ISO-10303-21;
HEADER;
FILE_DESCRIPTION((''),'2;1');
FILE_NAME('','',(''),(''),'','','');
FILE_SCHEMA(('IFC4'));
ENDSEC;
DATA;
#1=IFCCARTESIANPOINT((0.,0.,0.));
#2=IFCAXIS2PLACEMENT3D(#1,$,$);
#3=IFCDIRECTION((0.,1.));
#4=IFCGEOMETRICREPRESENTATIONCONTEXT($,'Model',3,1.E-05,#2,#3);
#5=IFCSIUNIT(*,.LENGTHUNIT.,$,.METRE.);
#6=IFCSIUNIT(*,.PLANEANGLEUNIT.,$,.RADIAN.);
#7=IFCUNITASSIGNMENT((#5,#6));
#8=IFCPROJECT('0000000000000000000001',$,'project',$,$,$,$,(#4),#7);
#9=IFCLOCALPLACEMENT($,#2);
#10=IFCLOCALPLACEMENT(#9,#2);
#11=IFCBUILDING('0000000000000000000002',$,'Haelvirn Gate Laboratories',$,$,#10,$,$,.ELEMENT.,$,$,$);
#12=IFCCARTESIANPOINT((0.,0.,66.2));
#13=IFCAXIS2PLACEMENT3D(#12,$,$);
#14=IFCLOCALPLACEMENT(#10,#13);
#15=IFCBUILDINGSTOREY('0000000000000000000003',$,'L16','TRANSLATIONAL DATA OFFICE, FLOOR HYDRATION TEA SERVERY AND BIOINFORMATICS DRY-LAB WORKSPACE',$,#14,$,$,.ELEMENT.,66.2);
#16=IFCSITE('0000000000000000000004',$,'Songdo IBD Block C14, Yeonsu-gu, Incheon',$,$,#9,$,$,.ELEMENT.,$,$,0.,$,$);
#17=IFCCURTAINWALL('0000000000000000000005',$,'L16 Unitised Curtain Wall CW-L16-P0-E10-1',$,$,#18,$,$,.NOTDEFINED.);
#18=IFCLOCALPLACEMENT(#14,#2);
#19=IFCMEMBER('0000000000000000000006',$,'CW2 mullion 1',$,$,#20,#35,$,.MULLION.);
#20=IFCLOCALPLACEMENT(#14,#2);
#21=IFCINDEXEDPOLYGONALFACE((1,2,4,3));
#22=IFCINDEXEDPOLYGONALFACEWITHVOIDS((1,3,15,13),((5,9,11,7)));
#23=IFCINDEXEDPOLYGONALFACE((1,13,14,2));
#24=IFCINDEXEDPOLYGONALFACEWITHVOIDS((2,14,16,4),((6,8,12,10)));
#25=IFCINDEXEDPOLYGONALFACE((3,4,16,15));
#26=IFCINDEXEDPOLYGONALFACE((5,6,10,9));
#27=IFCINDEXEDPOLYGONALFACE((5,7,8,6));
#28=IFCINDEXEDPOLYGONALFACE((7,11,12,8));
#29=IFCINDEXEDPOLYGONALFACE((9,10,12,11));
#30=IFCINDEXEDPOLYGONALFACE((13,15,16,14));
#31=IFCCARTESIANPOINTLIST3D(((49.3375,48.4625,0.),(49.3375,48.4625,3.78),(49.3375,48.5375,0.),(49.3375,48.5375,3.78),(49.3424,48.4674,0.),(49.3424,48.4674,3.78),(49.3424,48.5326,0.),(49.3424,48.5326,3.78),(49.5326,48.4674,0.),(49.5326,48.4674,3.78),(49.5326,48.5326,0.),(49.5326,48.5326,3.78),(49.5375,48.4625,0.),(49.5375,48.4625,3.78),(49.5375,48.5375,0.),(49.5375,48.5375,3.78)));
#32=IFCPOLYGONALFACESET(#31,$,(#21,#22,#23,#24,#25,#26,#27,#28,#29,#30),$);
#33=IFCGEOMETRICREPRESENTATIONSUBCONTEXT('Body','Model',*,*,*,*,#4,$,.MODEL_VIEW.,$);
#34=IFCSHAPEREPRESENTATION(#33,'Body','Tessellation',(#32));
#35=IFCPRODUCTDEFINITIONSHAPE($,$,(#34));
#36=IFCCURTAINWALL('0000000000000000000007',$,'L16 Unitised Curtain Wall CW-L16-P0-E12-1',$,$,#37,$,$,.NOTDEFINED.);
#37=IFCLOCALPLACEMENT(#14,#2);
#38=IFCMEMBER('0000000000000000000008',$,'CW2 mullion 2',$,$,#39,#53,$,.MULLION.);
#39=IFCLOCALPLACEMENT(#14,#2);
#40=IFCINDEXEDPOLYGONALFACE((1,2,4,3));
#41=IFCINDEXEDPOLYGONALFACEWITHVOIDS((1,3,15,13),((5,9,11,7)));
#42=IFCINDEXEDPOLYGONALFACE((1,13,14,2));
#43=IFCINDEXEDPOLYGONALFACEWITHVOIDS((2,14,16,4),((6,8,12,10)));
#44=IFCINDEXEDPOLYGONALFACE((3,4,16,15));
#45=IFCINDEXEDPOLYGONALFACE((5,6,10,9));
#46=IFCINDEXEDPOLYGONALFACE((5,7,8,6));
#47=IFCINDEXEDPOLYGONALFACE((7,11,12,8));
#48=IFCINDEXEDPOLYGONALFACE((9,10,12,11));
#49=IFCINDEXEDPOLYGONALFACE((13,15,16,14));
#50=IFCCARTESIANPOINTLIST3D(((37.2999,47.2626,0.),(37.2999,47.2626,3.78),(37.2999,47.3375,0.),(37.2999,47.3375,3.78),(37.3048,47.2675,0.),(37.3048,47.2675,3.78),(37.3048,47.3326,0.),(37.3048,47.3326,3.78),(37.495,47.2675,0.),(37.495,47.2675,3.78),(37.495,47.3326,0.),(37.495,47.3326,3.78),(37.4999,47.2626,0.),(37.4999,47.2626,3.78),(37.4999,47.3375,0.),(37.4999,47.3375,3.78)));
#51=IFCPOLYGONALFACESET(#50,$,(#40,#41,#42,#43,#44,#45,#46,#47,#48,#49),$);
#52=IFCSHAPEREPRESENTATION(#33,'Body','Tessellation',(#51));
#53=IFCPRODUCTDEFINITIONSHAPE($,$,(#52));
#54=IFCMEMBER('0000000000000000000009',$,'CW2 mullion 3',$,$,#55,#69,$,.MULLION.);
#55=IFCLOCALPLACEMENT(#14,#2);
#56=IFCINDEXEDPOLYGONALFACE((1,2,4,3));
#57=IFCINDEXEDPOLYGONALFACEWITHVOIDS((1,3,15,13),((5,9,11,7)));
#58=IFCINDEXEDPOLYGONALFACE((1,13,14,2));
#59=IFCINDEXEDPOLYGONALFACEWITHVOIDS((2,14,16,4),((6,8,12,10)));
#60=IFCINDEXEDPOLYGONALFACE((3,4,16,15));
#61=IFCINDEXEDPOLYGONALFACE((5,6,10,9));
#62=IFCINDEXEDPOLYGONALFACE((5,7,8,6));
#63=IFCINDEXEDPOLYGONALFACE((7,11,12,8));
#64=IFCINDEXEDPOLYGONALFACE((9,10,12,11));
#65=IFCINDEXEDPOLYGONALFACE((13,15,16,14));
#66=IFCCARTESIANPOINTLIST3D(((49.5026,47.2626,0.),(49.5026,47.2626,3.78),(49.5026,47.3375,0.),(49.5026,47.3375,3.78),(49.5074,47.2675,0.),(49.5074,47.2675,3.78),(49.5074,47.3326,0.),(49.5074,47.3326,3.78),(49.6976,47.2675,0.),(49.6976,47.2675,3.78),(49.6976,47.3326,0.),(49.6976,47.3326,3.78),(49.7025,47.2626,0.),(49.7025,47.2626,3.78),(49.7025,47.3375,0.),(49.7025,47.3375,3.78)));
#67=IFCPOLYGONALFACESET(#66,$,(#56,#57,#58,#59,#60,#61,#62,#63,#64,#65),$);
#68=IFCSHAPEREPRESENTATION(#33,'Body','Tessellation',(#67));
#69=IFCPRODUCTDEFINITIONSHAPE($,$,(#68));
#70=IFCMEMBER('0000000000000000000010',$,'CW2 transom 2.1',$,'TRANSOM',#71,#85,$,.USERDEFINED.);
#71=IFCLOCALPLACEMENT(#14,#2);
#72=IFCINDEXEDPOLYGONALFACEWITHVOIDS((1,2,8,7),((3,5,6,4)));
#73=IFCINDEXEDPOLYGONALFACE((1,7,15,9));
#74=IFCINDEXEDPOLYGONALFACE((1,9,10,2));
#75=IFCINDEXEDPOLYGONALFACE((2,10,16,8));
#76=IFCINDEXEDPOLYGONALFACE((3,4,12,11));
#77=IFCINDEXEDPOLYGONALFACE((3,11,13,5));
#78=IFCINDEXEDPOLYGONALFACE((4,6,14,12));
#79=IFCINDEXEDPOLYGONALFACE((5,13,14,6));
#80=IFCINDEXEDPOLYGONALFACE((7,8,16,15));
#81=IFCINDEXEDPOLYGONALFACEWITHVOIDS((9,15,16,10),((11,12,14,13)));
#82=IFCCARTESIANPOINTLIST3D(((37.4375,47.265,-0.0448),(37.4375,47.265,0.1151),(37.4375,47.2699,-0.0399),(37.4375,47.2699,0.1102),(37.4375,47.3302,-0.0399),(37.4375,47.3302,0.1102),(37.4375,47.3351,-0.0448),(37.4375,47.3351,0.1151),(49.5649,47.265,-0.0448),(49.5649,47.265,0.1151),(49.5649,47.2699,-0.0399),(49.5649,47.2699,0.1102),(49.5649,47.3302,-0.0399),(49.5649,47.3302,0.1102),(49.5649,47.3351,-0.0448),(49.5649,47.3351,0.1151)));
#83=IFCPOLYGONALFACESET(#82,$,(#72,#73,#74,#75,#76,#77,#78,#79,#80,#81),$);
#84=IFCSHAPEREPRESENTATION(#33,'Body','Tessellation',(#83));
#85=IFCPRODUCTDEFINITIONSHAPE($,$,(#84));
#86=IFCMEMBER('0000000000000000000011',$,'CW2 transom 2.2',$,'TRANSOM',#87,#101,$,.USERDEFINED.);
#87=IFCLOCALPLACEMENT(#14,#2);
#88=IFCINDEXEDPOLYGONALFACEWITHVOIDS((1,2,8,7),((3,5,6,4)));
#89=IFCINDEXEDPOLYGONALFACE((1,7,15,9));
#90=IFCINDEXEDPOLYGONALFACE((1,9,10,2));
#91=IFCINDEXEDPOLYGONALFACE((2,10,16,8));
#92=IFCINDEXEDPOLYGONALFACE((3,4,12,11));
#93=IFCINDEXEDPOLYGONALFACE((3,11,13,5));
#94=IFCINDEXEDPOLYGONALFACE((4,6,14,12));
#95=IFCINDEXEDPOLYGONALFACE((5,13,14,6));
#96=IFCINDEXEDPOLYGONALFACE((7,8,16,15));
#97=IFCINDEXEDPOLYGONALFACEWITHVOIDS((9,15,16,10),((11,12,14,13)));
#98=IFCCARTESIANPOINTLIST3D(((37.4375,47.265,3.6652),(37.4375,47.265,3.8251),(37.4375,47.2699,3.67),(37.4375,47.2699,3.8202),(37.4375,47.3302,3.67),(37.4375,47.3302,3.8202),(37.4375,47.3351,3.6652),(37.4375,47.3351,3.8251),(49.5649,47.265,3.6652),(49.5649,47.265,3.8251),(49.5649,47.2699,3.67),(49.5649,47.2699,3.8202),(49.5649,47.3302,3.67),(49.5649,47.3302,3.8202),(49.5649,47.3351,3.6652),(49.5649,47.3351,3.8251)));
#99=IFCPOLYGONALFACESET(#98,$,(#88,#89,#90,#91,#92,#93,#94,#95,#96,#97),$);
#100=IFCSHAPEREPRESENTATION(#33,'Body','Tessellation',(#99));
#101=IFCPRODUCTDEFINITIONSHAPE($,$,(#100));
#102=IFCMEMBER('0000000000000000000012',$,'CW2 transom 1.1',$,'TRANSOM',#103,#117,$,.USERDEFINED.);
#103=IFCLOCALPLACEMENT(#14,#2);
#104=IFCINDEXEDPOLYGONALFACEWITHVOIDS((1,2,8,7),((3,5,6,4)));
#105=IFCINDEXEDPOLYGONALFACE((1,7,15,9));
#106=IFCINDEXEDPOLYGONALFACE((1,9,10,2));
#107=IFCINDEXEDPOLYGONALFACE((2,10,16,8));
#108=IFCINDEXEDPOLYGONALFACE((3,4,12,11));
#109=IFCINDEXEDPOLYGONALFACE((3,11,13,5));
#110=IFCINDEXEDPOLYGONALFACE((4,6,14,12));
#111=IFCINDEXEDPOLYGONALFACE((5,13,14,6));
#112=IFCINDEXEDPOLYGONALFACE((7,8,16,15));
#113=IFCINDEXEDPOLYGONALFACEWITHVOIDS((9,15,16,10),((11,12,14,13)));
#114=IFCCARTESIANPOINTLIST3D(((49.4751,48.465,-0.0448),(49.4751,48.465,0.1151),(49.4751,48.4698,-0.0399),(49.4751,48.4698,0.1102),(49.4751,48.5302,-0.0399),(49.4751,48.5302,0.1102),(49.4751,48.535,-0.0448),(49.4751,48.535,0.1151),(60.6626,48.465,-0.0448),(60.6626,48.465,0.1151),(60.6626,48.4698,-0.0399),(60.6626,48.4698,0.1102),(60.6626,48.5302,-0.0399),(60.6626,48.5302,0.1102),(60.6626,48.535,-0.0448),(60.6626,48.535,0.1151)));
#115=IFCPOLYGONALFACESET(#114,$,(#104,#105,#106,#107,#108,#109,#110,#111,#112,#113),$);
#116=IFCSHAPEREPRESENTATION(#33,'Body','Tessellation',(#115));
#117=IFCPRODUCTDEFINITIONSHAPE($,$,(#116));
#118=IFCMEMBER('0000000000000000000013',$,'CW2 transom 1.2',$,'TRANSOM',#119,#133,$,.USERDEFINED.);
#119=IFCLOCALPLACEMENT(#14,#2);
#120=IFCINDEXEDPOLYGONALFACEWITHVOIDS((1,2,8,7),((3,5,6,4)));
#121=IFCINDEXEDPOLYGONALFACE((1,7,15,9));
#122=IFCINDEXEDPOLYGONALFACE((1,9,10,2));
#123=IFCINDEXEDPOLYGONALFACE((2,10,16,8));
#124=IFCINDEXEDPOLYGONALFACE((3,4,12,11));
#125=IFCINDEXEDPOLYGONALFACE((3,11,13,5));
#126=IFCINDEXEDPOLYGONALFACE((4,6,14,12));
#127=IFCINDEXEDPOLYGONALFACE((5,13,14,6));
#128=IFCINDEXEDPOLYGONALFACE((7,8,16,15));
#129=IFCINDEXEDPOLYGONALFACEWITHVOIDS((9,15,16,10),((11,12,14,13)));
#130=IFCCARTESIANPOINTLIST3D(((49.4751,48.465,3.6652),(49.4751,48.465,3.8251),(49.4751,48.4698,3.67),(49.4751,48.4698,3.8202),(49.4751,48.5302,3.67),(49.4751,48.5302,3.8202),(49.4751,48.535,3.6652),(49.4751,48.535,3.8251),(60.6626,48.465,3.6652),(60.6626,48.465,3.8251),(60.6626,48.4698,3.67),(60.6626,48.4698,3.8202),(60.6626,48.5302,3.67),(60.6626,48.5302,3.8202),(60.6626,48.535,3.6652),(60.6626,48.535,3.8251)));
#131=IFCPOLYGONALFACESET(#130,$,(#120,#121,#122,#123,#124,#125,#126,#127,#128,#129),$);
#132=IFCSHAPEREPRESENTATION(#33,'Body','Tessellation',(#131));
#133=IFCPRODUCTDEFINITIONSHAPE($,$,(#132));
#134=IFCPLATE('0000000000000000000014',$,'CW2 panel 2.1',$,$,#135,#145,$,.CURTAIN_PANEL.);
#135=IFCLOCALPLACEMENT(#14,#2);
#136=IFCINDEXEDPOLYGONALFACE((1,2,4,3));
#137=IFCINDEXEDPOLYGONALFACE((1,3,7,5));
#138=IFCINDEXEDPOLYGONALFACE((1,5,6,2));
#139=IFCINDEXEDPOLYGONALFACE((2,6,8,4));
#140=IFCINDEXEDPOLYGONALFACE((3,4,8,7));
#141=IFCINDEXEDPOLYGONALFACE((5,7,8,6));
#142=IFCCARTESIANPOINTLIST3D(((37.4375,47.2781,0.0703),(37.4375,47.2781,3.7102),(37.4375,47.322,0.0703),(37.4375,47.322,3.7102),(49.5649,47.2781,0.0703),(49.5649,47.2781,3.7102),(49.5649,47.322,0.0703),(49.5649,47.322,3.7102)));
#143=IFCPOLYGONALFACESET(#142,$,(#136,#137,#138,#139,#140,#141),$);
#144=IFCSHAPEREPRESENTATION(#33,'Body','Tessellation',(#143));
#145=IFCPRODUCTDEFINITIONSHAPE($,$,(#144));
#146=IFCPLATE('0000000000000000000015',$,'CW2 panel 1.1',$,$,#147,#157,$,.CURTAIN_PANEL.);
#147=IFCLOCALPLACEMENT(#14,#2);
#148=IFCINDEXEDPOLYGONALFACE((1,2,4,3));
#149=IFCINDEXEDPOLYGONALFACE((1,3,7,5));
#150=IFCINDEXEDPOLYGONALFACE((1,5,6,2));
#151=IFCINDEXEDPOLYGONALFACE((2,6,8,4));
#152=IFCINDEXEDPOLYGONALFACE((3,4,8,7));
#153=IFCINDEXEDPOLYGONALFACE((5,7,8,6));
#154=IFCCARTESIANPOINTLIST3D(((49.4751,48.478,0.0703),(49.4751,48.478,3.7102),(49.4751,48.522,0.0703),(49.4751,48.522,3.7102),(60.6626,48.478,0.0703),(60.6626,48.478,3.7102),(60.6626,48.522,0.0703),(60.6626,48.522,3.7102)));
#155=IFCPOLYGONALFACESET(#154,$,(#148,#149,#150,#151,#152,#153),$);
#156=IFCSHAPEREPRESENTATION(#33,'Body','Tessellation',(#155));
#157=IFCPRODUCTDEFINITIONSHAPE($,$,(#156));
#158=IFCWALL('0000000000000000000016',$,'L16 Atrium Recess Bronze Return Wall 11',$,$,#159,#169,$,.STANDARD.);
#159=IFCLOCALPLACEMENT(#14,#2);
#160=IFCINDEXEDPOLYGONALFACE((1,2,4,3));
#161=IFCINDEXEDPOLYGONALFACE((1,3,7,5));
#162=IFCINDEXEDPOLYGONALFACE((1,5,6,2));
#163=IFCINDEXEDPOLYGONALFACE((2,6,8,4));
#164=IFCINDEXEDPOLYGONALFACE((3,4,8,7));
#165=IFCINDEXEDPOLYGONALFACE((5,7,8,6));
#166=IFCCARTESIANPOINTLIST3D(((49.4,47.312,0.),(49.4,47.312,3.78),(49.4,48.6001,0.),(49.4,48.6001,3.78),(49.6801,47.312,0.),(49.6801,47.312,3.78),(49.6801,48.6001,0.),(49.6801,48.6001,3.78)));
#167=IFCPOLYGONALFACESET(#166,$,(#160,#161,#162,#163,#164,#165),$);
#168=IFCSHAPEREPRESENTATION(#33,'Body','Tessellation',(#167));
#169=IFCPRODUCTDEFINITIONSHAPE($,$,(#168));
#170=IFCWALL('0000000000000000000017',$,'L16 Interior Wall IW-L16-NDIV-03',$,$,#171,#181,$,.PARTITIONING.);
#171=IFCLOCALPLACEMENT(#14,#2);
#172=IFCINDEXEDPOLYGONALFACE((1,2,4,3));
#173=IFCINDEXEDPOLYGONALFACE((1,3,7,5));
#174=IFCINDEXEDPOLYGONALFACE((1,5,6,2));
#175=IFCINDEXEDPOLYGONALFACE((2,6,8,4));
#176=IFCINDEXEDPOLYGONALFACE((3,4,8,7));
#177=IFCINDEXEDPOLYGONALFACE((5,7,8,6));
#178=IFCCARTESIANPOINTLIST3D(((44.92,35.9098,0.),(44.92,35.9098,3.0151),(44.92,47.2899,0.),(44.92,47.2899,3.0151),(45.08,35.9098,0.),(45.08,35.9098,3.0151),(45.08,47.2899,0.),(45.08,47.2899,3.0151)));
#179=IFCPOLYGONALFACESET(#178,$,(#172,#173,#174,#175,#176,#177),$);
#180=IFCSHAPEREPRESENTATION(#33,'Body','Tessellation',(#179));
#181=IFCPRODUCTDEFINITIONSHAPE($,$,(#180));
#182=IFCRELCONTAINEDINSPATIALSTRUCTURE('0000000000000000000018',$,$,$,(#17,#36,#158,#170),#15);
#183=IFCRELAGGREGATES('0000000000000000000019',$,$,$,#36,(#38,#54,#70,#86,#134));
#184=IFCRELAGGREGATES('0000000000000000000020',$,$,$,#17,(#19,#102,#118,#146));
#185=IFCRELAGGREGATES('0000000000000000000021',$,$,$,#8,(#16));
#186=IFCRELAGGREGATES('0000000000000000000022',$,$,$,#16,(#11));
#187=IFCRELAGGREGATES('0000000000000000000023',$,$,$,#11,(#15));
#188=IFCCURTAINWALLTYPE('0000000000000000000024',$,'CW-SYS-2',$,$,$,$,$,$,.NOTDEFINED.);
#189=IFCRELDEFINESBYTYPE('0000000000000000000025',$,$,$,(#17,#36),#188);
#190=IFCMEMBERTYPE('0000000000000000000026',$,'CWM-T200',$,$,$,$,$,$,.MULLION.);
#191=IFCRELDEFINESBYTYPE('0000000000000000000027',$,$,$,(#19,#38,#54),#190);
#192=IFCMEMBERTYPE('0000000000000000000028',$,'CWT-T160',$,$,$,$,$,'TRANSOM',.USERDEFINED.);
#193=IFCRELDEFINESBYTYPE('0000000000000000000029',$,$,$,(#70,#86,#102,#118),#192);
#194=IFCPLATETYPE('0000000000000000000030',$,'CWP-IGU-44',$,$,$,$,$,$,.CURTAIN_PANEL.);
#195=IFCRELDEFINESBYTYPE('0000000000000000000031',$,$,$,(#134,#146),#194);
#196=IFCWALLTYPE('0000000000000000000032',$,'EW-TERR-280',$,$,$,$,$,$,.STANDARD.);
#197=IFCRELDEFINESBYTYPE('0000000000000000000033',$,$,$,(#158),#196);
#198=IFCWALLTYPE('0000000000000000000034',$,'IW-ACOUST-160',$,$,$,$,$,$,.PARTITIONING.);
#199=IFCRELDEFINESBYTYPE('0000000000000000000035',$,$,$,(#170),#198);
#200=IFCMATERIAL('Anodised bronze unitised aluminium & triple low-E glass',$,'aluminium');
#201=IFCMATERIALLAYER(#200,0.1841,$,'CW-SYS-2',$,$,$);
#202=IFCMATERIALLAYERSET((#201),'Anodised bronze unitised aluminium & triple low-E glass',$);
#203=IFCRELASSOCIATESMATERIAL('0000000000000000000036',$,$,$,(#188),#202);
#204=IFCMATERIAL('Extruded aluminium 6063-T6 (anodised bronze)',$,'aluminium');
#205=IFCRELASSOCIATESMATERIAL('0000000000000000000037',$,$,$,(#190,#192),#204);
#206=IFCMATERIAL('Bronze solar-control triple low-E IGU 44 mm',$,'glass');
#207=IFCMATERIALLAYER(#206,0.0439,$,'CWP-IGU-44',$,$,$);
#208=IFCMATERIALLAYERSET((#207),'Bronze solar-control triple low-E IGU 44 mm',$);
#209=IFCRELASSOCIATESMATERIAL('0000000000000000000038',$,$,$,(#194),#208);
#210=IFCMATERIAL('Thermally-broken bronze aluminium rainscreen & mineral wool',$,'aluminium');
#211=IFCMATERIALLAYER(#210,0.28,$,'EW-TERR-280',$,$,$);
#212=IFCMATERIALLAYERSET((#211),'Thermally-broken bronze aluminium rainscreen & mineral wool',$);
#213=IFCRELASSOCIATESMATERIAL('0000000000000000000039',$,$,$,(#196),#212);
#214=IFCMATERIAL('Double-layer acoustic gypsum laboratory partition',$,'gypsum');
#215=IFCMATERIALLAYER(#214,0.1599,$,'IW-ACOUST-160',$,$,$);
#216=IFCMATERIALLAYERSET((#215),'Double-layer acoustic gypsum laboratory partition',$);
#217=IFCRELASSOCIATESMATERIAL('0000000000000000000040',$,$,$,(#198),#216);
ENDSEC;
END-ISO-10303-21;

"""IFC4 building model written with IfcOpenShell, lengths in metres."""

from ifc_helpers import new_model, si_unit, direction, frame, frame_2d, origin, origin_2d, place, context, subcontext, project, spatial, rectangle, hollow_rectangle, extrude, source, transform, mapped, material, layer, layer_set, material_profile, profile_set, type_object, type_shapes, element, aggregate, save


model = new_model("IFC4")

# Units and contexts
model_context = context("Model", 3, precision=1e-05, world=origin(), true_north=direction((0.0, 1.0)))
body_context = subcontext(model_context, "Body", "Model", "MODEL_VIEW")
ifc_project = project(units=[si_unit("LENGTHUNIT", "METRE"), si_unit("PLANEANGLEUNIT", "RADIAN")], contexts=[model_context])

# Site, building, storey
site_placement = place(None, origin())
site = spatial("IfcSite", under=ifc_project, at=site_placement, Name="Songdo IBD Block C14, Yeonsu-gu, Incheon", CompositionType="ELEMENT", RefElevation=0.0)
building_placement = place(site_placement, origin())
building = spatial("IfcBuilding", under=site, at=building_placement, Name="Haelvirn Gate Laboratories", CompositionType="ELEMENT")
storey_placement = place(building_placement, frame((0.0, 0.0, 66.2)))
storey = spatial("IfcBuildingStorey", under=building, at=storey_placement, Name="L16", Description="TRANSLATIONAL DATA OFFICE, FLOOR HYDRATION TEA SERVERY AND BIOINFORMATICS DRY-LAB WORKSPACE", CompositionType="ELEMENT", Elevation=66.2)

# Curtain wall, member
ifc_material_1 = material(Name="Anodised bronze unitised aluminium & triple low-E glass", Category="aluminium")
ifc_layer_1 = layer(ifc_material_1, 0.1841, Name="CW-SYS-2")
ifc_layer_set_1 = layer_set([ifc_layer_1], Name="Anodised bronze unitised aluminium & triple low-E glass")
curtain_wall_type = type_object("IfcCurtainWallType", Name="CW-SYS-2", PredefinedType="NOTDEFINED", material=ifc_layer_set_1)
curtain_wall_1_placement = place(storey_placement, origin())
curtain_wall_1 = element("IfcCurtainWall", 1, at=curtain_wall_1_placement, inside=storey, type_object=curtain_wall_type, Name="L16 Unitised Curtain Wall CW-L16-P0-E10-1", PredefinedType="NOTDEFINED")
ifc_material_2 = material(Name="Extruded aluminium 6063-T6 (anodised bronze)", Category="aluminium")
ifc_material_profile_1 = material_profile(ifc_material_2, hollow_rectangle(XDim=0.075, YDim=0.2, WallThickness=0.0049, at=origin_2d()), Name="CWM-200x75x5")
ifc_profile_set_1 = profile_set([ifc_material_profile_1], Name="Extruded aluminium 6063-T6 (anodised bronze)")
member_type_1 = type_object("IfcMemberType", Name="CWM-T200", PredefinedType="MULLION", material=ifc_profile_set_1)
shared_shape_1 = source(origin(), body_context, "Body", "SweptSolid", [
    extrude(hollow_rectangle(XDim=0.075, YDim=0.2, WallThickness=0.0049, at=origin_2d()), origin(), (0.0, 0.0, 1.0), 3.78),
])
type_shapes(member_type_1, [shared_shape_1])
member_1_placement = place(storey_placement, frame((49.4375, 48.5, 0.0), z_axis=(0.0, 0.0, 1.0), x_axis=(0.0, 1.0, 0.0)))
member_1 = element("IfcMember", 2, at=member_1_placement, type_object=member_type_1, Name="CW2 mullion 1", PredefinedType="MULLION", context=body_context, shape_type="MappedRepresentation", body=[
    mapped(shared_shape_1, transform((0.0, 0.0, 0.0), scale=1.0)),
])

# Curtain wall, members
curtain_wall_2_placement = place(storey_placement, origin())
curtain_wall_2 = element("IfcCurtainWall", 3, at=curtain_wall_2_placement, inside=storey, type_object=curtain_wall_type, Name="L16 Unitised Curtain Wall CW-L16-P0-E12-1", PredefinedType="NOTDEFINED")
member_2_placement = place(storey_placement, frame((37.3999, 47.3, 0.0), z_axis=(0.0, 0.0, 1.0), x_axis=(0.0, 1.0, 0.0)))
member_2 = element("IfcMember", 4, at=member_2_placement, type_object=member_type_1, Name="CW2 mullion 2", PredefinedType="MULLION", context=body_context, shape_type="MappedRepresentation", body=[
    mapped(shared_shape_1, transform((0.0, 0.0, 0.0), scale=1.0)),
])
member_3_placement = place(storey_placement, frame((49.6025, 47.3, 0.0), z_axis=(0.0, 0.0, 1.0), x_axis=(0.0, 1.0, 0.0)))
member_3 = element("IfcMember", 5, at=member_3_placement, type_object=member_type_1, Name="CW2 mullion 3", PredefinedType="MULLION", context=body_context, shape_type="MappedRepresentation", body=[
    mapped(shared_shape_1, transform((0.0, 0.0, 0.0), scale=1.0)),
])
ifc_material_profile_2 = material_profile(ifc_material_2, hollow_rectangle(XDim=0.0701, YDim=0.1599, WallThickness=0.0049, at=origin_2d()), Name="CWT-160x70x5")
ifc_profile_set_2 = profile_set([ifc_material_profile_2], Name="Extruded aluminium 6063-T6 (anodised bronze)")
member_type_2 = type_object("IfcMemberType", Name="CWT-T160", ElementType="TRANSOM", PredefinedType="USERDEFINED", material=ifc_profile_set_2)
shared_shape_2 = source(origin(), body_context, "Body", "SweptSolid", [
    extrude(hollow_rectangle(XDim=0.0701, YDim=0.1599, WallThickness=0.0049, at=origin_2d()), origin(), (0.0, 0.0, 1.0), 12.1274),
])
member_4_placement = place(storey_placement, frame((37.4375, 47.3, 0.0352), z_axis=(1.0, 0.0, 0.0), x_axis=(0.0, 1.0, 0.0)))
member_4 = element("IfcMember", 6, at=member_4_placement, type_object=member_type_2, Name="CW2 transom 2.1", ObjectType="TRANSOM", PredefinedType="USERDEFINED", context=body_context, shape_type="MappedRepresentation", body=[
    mapped(shared_shape_2, transform((0.0, 0.0, 0.0), scale=1.0)),
])
member_5_placement = place(storey_placement, frame((37.4375, 47.3, 3.7451), z_axis=(1.0, 0.0, 0.0), x_axis=(0.0, 1.0, 0.0)))
member_5 = element("IfcMember", 7, at=member_5_placement, type_object=member_type_2, Name="CW2 transom 2.2", ObjectType="TRANSOM", PredefinedType="USERDEFINED", context=body_context, shape_type="MappedRepresentation", body=[
    mapped(shared_shape_2, transform((0.0, 0.0, 0.0), scale=1.0)),
])

# Members
shared_shape_3 = source(origin(), body_context, "Body", "SweptSolid", [
    extrude(hollow_rectangle(XDim=0.0701, YDim=0.1599, WallThickness=0.0049, at=origin_2d()), origin(), (0.0, 0.0, 1.0), 11.1875),
])
type_shapes(member_type_2, [shared_shape_2, shared_shape_3])
member_6_placement = place(storey_placement, frame((49.4751, 48.5, 0.0352), z_axis=(1.0, 0.0, 0.0), x_axis=(0.0, 1.0, 0.0)))
member_6 = element("IfcMember", 8, at=member_6_placement, type_object=member_type_2, Name="CW2 transom 1.1", ObjectType="TRANSOM", PredefinedType="USERDEFINED", context=body_context, shape_type="MappedRepresentation", body=[
    mapped(shared_shape_3, transform((0.0, 0.0, 0.0), scale=1.0)),
])
member_7_placement = place(storey_placement, frame((49.4751, 48.5, 3.7451), z_axis=(1.0, 0.0, 0.0), x_axis=(0.0, 1.0, 0.0)))
member_7 = element("IfcMember", 9, at=member_7_placement, type_object=member_type_2, Name="CW2 transom 1.2", ObjectType="TRANSOM", PredefinedType="USERDEFINED", context=body_context, shape_type="MappedRepresentation", body=[
    mapped(shared_shape_3, transform((0.0, 0.0, 0.0), scale=1.0)),
])

# Plates
ifc_material_3 = material(Name="Bronze solar-control triple low-E IGU 44 mm", Category="glass")
ifc_layer_2 = layer(ifc_material_3, 0.0439, Name="CWP-IGU-44")
ifc_layer_set_2 = layer_set([ifc_layer_2], Name="Bronze solar-control triple low-E IGU 44 mm")
plate_type = type_object("IfcPlateType", Name="CWP-IGU-44", PredefinedType="CURTAIN_PANEL", material=ifc_layer_set_2)
shared_shape_4 = source(origin(), body_context, "Body", "SweptSolid", [
    extrude(rectangle(XDim=12.1274, YDim=0.0439, at=origin_2d()), origin(), (0.0, 0.0, 1.0), 3.6399),
])
plate_1_placement = place(storey_placement, frame((43.5012, 47.3, 0.0703), z_axis=(0.0, 0.0, 1.0), x_axis=(1.0, 0.0, 0.0)))
plate_1 = element("IfcPlate", 10, at=plate_1_placement, type_object=plate_type, Name="CW2 panel 2.1", PredefinedType="CURTAIN_PANEL", context=body_context, shape_type="MappedRepresentation", body=[
    mapped(shared_shape_4, transform((0.0, 0.0, 0.0), scale=1.0)),
])
aggregate(curtain_wall_2, [member_2, member_3, member_4, member_5, plate_1])
shared_shape_5 = source(origin(), body_context, "Body", "SweptSolid", [
    extrude(rectangle(XDim=11.1875, YDim=0.0439, at=origin_2d()), origin(), (0.0, 0.0, 1.0), 3.6399),
])
type_shapes(plate_type, [shared_shape_4, shared_shape_5])
plate_2_placement = place(storey_placement, frame((55.0688, 48.5, 0.0703), z_axis=(0.0, 0.0, 1.0), x_axis=(1.0, 0.0, 0.0)))
plate_2 = element("IfcPlate", 11, at=plate_2_placement, type_object=plate_type, Name="CW2 panel 1.1", PredefinedType="CURTAIN_PANEL", context=body_context, shape_type="MappedRepresentation", body=[
    mapped(shared_shape_5, transform((0.0, 0.0, 0.0), scale=1.0)),
])
aggregate(curtain_wall_1, [member_1, member_6, member_7, plate_2])

# Walls
ifc_material_4 = material(Name="Thermally-broken bronze aluminium rainscreen & mineral wool", Category="aluminium")
ifc_layer_3 = layer(ifc_material_4, 0.28, Name="EW-TERR-280")
ifc_layer_set_3 = layer_set([ifc_layer_3], Name="Thermally-broken bronze aluminium rainscreen & mineral wool")
wall_type_1 = type_object("IfcWallType", Name="EW-TERR-280", PredefinedType="STANDARD", material=ifc_layer_set_3)
wall_1_placement = place(storey_placement, frame((49.54, 48.6001, 0.0), z_axis=(0.0, 0.0, 1.0), x_axis=(0.0, -1.0, 0.0)))
element("IfcWall", 12, at=wall_1_placement, inside=storey, type_object=wall_type_1, Name="L16 Atrium Recess Bronze Return Wall 11", PredefinedType="STANDARD", context=body_context, shape_type="SweptSolid", body=[
    extrude(rectangle(XDim=1.2881, YDim=0.28, at=frame_2d((0.644, 0.0))), origin(), (0.0, 0.0, 1.0), 3.78),
])
ifc_material_5 = material(Name="Double-layer acoustic gypsum laboratory partition", Category="gypsum")
ifc_layer_4 = layer(ifc_material_5, 0.1599, Name="IW-ACOUST-160")
ifc_layer_set_4 = layer_set([ifc_layer_4], Name="Double-layer acoustic gypsum laboratory partition")
wall_type_2 = type_object("IfcWallType", Name="IW-ACOUST-160", PredefinedType="PARTITIONING", material=ifc_layer_set_4)
wall_2_placement = place(storey_placement, frame((45.0, 35.9099, 0.0), z_axis=(0.0, 0.0, 1.0), x_axis=(0.0, 1.0, 0.0)))
element("IfcWall", 13, at=wall_2_placement, inside=storey, type_object=wall_type_2, Name="L16 Interior Wall IW-L16-NDIV-03", PredefinedType="PARTITIONING", context=body_context, shape_type="SweptSolid", body=[
    extrude(rectangle(XDim=11.3801, YDim=0.1599, at=frame_2d((5.6899, 0.0))), origin(), (0.0, 0.0, 1.0), 3.0151),
])

save(model, "model.ifc")
